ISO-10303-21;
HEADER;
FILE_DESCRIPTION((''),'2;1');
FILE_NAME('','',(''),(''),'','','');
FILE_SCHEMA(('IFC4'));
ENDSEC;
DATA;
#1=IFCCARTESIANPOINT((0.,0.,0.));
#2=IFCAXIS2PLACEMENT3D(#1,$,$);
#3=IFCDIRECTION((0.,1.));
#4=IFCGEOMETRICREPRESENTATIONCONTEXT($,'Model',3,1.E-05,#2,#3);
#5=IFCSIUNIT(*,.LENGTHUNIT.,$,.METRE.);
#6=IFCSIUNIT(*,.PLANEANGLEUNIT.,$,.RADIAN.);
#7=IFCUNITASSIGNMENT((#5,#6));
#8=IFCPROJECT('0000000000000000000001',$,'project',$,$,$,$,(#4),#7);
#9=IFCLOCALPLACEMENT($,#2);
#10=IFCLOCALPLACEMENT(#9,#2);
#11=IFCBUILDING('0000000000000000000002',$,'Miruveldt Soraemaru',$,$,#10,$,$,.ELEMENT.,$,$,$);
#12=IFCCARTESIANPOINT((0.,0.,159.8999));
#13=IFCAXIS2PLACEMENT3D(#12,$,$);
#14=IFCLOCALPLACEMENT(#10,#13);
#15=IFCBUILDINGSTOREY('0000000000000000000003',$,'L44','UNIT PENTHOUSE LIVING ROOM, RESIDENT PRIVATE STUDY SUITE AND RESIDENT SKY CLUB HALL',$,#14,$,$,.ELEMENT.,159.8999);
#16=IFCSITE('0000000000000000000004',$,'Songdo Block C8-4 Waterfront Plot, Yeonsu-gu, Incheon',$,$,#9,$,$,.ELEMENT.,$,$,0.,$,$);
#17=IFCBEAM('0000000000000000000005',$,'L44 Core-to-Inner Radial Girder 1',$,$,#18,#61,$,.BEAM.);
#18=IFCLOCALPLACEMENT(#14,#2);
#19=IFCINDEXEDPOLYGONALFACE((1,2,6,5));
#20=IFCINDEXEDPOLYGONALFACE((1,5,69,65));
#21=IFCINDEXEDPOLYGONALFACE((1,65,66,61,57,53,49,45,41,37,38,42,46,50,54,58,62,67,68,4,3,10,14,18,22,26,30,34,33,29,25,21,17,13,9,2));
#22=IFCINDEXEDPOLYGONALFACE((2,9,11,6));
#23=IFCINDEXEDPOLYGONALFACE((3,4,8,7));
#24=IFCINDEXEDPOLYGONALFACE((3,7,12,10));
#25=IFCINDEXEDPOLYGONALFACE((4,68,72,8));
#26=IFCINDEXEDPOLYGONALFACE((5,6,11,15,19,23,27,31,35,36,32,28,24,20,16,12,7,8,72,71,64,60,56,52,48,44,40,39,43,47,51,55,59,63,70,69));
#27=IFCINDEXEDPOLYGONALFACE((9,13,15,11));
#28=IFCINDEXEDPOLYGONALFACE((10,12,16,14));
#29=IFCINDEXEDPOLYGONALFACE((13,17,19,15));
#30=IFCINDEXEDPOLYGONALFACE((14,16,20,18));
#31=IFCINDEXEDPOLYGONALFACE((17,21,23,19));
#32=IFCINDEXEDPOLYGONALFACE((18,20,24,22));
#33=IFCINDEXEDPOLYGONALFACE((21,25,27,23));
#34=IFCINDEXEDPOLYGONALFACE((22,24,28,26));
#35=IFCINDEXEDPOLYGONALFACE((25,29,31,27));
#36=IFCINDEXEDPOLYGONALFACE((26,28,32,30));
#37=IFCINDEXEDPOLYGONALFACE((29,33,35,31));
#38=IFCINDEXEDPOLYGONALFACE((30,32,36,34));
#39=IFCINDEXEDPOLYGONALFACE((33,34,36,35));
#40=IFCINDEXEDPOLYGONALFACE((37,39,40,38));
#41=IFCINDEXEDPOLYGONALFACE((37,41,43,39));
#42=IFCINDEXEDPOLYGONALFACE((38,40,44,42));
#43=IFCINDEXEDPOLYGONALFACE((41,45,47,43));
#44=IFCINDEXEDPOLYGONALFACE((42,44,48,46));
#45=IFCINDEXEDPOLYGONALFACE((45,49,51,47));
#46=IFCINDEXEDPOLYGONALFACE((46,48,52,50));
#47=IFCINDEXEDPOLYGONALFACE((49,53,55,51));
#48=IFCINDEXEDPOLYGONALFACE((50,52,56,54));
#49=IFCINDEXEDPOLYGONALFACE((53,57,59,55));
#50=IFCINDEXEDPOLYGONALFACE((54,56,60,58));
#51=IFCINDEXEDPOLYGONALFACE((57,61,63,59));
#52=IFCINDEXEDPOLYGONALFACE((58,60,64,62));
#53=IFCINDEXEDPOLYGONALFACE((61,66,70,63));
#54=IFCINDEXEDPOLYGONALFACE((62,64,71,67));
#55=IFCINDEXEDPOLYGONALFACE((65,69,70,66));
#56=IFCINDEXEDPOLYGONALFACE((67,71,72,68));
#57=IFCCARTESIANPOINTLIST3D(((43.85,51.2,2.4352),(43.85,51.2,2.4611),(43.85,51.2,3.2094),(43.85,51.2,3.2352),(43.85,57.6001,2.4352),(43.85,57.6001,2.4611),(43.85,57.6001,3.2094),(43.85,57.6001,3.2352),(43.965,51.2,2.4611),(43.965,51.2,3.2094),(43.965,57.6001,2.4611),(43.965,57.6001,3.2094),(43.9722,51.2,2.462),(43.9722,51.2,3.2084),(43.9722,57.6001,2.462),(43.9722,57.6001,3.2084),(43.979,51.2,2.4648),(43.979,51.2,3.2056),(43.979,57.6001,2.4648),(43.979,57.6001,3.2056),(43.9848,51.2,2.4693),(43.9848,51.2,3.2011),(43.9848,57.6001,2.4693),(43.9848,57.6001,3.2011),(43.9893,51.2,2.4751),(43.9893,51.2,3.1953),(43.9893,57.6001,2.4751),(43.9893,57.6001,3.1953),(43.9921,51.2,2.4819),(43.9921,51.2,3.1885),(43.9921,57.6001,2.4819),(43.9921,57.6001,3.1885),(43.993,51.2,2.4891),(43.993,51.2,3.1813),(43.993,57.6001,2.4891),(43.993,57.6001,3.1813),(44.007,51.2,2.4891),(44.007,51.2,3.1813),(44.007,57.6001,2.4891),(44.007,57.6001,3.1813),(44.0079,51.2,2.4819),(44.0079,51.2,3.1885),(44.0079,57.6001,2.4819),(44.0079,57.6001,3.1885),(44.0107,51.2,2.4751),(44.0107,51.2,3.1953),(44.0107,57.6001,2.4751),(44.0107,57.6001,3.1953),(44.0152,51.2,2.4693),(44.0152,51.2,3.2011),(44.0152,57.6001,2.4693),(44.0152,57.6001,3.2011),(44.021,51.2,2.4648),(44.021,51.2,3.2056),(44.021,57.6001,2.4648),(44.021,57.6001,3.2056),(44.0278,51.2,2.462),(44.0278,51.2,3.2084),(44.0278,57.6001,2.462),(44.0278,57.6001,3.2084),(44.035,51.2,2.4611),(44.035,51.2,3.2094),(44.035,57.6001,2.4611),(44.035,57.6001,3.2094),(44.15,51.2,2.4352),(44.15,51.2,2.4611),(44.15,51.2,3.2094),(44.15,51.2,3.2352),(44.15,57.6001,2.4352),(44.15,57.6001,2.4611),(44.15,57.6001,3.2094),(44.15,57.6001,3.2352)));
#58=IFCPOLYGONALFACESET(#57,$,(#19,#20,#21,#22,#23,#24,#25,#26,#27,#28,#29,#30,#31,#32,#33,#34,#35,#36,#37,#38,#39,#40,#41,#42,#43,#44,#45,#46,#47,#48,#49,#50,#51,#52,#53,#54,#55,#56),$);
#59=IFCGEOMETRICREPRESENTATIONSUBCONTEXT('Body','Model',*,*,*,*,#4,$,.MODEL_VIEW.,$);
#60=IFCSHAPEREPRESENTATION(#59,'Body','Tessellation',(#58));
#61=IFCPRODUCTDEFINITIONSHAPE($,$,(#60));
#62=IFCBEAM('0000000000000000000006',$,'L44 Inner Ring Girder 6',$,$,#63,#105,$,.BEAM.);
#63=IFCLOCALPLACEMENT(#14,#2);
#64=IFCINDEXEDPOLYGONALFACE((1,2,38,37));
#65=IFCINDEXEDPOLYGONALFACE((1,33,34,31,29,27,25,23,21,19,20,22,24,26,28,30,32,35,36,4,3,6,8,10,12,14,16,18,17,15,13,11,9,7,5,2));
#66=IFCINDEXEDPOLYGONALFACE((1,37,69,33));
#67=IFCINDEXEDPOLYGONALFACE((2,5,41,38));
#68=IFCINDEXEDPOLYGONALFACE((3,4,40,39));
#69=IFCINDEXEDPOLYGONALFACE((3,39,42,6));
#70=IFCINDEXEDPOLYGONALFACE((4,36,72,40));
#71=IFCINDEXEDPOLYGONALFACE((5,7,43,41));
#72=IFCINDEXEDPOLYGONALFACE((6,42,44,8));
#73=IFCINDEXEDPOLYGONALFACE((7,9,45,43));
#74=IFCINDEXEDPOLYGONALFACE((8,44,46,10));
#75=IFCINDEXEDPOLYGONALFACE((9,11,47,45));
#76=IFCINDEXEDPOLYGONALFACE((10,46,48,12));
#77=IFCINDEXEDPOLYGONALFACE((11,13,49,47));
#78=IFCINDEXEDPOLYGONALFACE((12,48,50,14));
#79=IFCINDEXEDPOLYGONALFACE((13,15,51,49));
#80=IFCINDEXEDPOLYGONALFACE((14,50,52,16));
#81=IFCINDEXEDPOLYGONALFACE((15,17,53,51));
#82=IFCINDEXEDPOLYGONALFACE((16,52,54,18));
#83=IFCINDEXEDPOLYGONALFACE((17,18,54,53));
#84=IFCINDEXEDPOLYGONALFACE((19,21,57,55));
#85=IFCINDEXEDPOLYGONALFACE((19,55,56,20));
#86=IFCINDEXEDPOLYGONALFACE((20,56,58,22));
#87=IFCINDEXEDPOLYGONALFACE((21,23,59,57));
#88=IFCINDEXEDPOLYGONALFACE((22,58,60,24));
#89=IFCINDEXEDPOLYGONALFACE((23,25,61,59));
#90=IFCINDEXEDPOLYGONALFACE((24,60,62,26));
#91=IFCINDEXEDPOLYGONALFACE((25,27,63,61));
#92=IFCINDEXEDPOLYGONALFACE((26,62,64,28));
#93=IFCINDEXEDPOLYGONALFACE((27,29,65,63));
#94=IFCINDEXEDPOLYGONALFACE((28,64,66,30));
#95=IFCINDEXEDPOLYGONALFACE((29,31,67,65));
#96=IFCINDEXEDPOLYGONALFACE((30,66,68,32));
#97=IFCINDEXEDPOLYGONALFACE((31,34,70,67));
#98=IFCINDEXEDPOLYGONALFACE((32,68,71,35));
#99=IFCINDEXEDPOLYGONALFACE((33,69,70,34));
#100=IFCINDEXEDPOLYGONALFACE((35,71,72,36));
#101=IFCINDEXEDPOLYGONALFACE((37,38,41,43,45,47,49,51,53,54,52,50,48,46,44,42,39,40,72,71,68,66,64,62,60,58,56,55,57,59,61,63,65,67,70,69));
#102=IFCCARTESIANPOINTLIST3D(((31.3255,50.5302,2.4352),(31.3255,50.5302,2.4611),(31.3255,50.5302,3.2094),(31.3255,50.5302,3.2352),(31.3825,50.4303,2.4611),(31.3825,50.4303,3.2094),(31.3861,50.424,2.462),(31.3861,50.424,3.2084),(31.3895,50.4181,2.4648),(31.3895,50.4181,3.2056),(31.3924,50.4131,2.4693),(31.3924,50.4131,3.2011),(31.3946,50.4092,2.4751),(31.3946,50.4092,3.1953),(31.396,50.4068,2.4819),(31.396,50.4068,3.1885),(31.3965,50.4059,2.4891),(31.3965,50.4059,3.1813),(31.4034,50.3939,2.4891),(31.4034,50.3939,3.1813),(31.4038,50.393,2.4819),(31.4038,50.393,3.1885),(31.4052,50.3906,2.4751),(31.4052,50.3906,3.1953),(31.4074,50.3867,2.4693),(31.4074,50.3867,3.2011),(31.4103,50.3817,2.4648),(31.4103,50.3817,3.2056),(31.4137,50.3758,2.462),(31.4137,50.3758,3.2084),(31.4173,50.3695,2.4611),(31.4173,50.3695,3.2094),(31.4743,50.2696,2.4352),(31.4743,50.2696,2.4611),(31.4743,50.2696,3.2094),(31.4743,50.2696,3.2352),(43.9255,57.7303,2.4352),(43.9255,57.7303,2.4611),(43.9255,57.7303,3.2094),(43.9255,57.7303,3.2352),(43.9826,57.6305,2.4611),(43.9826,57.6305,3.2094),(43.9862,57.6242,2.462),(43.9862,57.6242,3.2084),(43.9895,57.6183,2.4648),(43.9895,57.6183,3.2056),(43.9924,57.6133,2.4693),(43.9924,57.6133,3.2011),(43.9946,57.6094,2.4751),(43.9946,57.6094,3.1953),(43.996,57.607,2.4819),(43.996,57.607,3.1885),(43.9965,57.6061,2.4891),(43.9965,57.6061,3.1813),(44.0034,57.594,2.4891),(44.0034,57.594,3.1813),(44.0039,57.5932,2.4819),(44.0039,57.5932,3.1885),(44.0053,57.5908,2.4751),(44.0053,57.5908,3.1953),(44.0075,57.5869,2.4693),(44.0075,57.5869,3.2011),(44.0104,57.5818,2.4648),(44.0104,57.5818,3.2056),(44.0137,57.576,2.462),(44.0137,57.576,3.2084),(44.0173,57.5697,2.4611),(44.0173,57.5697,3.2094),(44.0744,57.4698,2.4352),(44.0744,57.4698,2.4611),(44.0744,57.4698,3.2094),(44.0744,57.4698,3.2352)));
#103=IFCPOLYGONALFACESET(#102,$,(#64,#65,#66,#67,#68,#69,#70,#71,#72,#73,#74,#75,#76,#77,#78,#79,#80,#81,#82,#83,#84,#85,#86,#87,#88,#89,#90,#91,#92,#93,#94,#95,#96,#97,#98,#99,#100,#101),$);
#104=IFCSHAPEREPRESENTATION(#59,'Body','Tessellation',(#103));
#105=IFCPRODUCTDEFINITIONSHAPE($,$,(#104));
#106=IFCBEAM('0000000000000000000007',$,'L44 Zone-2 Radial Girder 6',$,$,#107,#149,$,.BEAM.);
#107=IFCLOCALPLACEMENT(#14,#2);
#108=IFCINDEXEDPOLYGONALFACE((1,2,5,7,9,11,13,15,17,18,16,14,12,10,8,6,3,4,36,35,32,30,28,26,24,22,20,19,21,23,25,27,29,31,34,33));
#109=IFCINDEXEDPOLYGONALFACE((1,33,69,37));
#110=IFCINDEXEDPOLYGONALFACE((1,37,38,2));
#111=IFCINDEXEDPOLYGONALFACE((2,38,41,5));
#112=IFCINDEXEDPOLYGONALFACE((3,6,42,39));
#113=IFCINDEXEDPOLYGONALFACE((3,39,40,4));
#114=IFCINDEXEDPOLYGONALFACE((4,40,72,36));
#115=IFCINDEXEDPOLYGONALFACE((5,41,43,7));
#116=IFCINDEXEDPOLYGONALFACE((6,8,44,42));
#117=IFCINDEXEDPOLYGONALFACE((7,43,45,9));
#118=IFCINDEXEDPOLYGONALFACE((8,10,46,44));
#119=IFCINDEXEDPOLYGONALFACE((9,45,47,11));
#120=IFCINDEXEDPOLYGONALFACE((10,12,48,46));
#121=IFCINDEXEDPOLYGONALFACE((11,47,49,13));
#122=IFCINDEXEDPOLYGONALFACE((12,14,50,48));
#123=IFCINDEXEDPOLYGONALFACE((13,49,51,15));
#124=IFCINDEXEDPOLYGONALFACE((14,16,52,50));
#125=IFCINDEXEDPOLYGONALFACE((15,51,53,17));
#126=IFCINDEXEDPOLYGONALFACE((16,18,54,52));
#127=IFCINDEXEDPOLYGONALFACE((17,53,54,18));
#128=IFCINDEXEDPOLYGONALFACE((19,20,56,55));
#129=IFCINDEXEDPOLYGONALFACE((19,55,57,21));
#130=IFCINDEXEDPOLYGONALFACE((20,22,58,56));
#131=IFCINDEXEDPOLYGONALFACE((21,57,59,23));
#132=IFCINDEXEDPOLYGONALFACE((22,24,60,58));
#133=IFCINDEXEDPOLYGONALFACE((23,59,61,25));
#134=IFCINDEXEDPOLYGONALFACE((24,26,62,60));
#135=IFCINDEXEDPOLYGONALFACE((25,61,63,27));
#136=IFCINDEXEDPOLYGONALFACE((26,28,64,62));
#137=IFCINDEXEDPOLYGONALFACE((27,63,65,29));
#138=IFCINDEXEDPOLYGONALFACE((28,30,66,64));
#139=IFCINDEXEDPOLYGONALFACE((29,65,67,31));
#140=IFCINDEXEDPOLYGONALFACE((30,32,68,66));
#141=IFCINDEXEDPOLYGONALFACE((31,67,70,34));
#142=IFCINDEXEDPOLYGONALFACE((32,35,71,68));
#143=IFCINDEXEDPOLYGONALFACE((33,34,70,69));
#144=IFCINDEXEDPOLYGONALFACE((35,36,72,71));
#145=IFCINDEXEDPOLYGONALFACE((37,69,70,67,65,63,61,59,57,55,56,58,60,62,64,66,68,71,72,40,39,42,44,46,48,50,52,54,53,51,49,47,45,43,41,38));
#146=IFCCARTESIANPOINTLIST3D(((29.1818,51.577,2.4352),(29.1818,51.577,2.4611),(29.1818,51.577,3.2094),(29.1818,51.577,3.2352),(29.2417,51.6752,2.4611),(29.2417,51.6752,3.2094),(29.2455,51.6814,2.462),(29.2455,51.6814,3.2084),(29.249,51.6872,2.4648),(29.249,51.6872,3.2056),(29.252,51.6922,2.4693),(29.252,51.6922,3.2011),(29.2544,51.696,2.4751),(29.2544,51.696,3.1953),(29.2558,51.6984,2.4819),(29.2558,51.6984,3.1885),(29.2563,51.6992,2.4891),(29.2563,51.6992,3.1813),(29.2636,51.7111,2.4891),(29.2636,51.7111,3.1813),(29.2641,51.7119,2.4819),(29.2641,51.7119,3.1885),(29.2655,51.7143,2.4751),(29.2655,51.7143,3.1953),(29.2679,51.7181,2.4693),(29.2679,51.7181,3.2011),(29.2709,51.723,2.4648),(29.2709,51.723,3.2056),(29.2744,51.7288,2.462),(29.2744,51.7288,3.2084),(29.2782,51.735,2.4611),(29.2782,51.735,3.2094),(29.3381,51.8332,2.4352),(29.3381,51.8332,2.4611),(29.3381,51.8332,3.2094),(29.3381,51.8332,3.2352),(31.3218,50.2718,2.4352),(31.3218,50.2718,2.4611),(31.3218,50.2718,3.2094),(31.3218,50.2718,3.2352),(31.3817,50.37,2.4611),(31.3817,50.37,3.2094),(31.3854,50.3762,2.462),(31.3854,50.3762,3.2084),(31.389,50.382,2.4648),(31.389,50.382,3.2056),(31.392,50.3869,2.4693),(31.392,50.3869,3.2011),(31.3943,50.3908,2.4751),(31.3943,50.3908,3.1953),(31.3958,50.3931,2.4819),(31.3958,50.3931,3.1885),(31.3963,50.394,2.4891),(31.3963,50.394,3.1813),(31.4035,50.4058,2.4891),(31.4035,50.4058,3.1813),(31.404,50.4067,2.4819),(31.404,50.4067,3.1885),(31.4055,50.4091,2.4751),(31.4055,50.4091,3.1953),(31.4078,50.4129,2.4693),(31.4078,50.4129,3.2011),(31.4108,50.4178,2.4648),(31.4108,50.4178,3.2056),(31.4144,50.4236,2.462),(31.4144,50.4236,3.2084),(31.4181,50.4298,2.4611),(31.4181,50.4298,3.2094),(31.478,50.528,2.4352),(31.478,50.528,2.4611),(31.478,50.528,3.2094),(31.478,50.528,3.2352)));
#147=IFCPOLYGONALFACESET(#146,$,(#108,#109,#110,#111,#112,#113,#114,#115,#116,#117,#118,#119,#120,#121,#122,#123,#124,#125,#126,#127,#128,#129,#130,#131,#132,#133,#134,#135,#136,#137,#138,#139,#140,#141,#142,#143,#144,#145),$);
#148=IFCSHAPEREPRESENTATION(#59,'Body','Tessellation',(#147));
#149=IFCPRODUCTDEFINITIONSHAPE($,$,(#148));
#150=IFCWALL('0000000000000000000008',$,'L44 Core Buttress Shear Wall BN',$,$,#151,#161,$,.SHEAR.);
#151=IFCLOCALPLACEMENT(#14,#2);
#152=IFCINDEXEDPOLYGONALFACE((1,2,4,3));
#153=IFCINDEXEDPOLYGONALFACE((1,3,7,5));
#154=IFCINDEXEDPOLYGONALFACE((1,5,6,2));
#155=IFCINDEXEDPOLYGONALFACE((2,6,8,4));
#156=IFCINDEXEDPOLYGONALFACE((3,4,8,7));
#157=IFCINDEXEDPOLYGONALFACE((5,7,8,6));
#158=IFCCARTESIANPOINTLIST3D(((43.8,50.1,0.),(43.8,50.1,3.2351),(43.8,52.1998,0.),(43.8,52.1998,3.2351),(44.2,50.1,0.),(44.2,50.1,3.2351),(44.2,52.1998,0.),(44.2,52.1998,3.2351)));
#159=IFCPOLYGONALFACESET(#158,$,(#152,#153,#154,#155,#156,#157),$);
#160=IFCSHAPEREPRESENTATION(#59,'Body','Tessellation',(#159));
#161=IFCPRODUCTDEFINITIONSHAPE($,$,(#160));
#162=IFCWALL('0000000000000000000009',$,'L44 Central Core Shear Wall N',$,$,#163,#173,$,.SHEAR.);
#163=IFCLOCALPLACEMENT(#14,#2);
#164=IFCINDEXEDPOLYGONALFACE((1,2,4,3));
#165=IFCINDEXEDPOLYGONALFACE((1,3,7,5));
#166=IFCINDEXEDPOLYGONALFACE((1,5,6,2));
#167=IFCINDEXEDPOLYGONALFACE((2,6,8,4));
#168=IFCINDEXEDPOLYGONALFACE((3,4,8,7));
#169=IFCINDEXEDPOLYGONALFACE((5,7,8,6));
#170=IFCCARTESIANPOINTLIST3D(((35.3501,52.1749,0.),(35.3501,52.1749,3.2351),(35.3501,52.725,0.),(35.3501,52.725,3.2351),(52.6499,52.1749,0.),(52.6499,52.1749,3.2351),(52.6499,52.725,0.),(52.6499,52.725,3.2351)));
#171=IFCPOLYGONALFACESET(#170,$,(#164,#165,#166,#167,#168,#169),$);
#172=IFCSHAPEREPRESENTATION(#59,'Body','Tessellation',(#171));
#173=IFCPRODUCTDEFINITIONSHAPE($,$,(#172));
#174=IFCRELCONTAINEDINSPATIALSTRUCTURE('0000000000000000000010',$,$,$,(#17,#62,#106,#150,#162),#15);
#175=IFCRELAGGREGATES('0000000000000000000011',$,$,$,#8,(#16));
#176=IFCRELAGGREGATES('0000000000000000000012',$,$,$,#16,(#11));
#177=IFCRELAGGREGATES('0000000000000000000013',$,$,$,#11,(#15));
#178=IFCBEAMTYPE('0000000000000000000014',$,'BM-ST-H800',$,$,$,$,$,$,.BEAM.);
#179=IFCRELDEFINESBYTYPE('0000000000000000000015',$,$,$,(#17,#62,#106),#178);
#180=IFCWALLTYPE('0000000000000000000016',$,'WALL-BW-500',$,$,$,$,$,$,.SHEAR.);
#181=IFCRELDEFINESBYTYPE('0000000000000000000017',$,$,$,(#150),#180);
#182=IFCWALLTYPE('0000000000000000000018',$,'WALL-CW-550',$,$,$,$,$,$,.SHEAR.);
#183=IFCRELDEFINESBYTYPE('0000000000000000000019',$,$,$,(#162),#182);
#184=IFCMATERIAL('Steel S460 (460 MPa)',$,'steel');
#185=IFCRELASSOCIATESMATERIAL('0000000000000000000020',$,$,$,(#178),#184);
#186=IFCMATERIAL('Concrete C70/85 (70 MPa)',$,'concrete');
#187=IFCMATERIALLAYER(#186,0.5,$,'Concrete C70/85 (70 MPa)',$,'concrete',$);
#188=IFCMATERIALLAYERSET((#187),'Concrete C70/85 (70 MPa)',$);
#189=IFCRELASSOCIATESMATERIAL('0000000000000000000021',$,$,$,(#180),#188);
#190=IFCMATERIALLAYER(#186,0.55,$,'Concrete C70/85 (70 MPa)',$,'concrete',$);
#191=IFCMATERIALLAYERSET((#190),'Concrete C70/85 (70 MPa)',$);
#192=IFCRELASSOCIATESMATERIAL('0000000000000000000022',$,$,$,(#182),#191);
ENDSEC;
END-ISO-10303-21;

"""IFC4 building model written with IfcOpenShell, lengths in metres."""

from ifc_helpers import new_model, si_unit, direction, frame, frame_2d, origin, origin_2d, place, context, subcontext, project, spatial, rectangle, i_section, extrude, material, layer, layer_set, material_profile, profile_set, type_object, element, save


model = new_model("IFC4")

# Units and contexts
model_context = context("Model", 3, precision=1e-05, world=origin(), true_north=direction((0.0, 1.0)))
body_context = subcontext(model_context, "Body", "Model", "MODEL_VIEW")
ifc_project = project(units=[si_unit("LENGTHUNIT", "METRE"), si_unit("PLANEANGLEUNIT", "RADIAN")], contexts=[model_context])

# Site, building, storey
site_placement = place(None, origin())
site = spatial("IfcSite", under=ifc_project, at=site_placement, Name="Songdo Block C8-4 Waterfront Plot, Yeonsu-gu, Incheon", CompositionType="ELEMENT", RefElevation=0.0)
building_placement = place(site_placement, origin())
building = spatial("IfcBuilding", under=site, at=building_placement, Name="Miruveldt Soraemaru", CompositionType="ELEMENT")
storey_placement = place(building_placement, frame((0.0, 0.0, 159.8999)))
storey = spatial("IfcBuildingStorey", under=building, at=storey_placement, Name="L44", Description="UNIT PENTHOUSE LIVING ROOM, RESIDENT PRIVATE STUDY SUITE AND RESIDENT SKY CLUB HALL", CompositionType="ELEMENT", Elevation=159.8999)

# Shared definitions
ifc_material_1 = material(Name="Concrete C70/85 (70 MPa)", Category="concrete")

# Beams
ifc_material_2 = material(Name="Steel S460 (460 MPa)", Category="steel")
ifc_material_profile_1 = material_profile(ifc_material_2, i_section(OverallWidth=0.3, OverallDepth=0.8, WebThickness=0.0139, FlangeThickness=0.0259, FilletRadius=0.0281, at=origin_2d()), Name="Steel S460 (460 MPa)", Category="steel")
ifc_profile_set_1 = profile_set([ifc_material_profile_1], Name="Steel S460 (460 MPa)")
beam_type_1 = type_object("IfcBeamType", Name="BM-ST-H800", PredefinedType="BEAM", material=ifc_profile_set_1)
beam_1_placement = place(storey_placement, frame((44.0, 51.2, 2.8352), z_axis=(0.0, 1.0, 0.0), x_axis=(-1.0, 0.0, 0.0)))
element("IfcBeam", 1, at=beam_1_placement, inside=storey, type_object=beam_type_1, Name="L44 Core-to-Inner Radial Girder 1", PredefinedType="BEAM", context=body_context, shape_type="SweptSolid", body=[
    extrude(i_section(OverallWidth=0.3, OverallDepth=0.8, WebThickness=0.0139, FlangeThickness=0.0259, FilletRadius=0.0281, at=origin_2d()), origin(), (0.0, 0.0, 1.0), 6.4001),
])
beam_2_placement = place(storey_placement, frame((31.3999, 50.3999, 2.8352), z_axis=(0.868239, 0.496146, 0.0), x_axis=(-0.496146, 0.868239, 0.0)))
element("IfcBeam", 2, at=beam_2_placement, inside=storey, type_object=beam_type_1, Name="L44 Inner Ring Girder 6", PredefinedType="BEAM", context=body_context, shape_type="SweptSolid", body=[
    extrude(i_section(OverallWidth=0.3, OverallDepth=0.8, WebThickness=0.0139, FlangeThickness=0.0259, FilletRadius=0.0281, at=origin_2d()), origin(), (0.0, 0.0, 1.0), 14.5122),
])
beam_3_placement = place(storey_placement, frame((31.3999, 50.3999, 2.8352), z_axis=(-0.853732, 0.520713, 0.0), x_axis=(-0.520713, -0.853732, 0.0)))
element("IfcBeam", 3, at=beam_3_placement, inside=storey, type_object=beam_type_1, Name="L44 Zone-2 Radial Girder 6", PredefinedType="BEAM", context=body_context, shape_type="SweptSolid", body=[
    extrude(i_section(OverallWidth=0.3, OverallDepth=0.8, WebThickness=0.0139, FlangeThickness=0.0259, FilletRadius=0.0281, at=origin_2d()), origin(), (0.0, 0.0, 1.0), 2.5066),
])

# Walls
ifc_layer_1 = layer(ifc_material_1, 0.5, Name="Concrete C70/85 (70 MPa)", Category="concrete")
ifc_layer_set_1 = layer_set([ifc_layer_1], Name="Concrete C70/85 (70 MPa)")
wall_type_1 = type_object("IfcWallType", Name="WALL-BW-500", PredefinedType="SHEAR", material=ifc_layer_set_1)
wall_1_placement = place(storey_placement, frame((44.0, 50.1001, 0.0), z_axis=(0.0, 0.0, 1.0), x_axis=(0.0, 1.0, 0.0)))
element("IfcWall", 4, at=wall_1_placement, inside=storey, type_object=wall_type_1, Name="L44 Core Buttress Shear Wall BN", PredefinedType="SHEAR", context=body_context, shape_type="SweptSolid", body=[
    extrude(rectangle(XDim=2.0999, YDim=0.3999, at=frame_2d((1.0498, 0.0))), origin(), (0.0, 0.0, 1.0), 3.2351),
])
ifc_layer_2 = layer(ifc_material_1, 0.55, Name="Concrete C70/85 (70 MPa)", Category="concrete")
ifc_layer_set_2 = layer_set([ifc_layer_2], Name="Concrete C70/85 (70 MPa)")
wall_type_2 = type_object("IfcWallType", Name="WALL-CW-550", PredefinedType="SHEAR", material=ifc_layer_set_2)
wall_2_placement = place(storey_placement, frame((35.3501, 52.45, 0.0), z_axis=(0.0, 0.0, 1.0), x_axis=(1.0, 0.0, 0.0)))
element("IfcWall", 5, at=wall_2_placement, inside=storey, type_object=wall_type_2, Name="L44 Central Core Shear Wall N", PredefinedType="SHEAR", context=body_context, shape_type="SweptSolid", body=[
    extrude(rectangle(XDim=17.2998, YDim=0.55, at=frame_2d((8.6499, 0.0))), origin(), (0.0, 0.0, 1.0), 3.2351),
])

save(model, "model.ifc")
